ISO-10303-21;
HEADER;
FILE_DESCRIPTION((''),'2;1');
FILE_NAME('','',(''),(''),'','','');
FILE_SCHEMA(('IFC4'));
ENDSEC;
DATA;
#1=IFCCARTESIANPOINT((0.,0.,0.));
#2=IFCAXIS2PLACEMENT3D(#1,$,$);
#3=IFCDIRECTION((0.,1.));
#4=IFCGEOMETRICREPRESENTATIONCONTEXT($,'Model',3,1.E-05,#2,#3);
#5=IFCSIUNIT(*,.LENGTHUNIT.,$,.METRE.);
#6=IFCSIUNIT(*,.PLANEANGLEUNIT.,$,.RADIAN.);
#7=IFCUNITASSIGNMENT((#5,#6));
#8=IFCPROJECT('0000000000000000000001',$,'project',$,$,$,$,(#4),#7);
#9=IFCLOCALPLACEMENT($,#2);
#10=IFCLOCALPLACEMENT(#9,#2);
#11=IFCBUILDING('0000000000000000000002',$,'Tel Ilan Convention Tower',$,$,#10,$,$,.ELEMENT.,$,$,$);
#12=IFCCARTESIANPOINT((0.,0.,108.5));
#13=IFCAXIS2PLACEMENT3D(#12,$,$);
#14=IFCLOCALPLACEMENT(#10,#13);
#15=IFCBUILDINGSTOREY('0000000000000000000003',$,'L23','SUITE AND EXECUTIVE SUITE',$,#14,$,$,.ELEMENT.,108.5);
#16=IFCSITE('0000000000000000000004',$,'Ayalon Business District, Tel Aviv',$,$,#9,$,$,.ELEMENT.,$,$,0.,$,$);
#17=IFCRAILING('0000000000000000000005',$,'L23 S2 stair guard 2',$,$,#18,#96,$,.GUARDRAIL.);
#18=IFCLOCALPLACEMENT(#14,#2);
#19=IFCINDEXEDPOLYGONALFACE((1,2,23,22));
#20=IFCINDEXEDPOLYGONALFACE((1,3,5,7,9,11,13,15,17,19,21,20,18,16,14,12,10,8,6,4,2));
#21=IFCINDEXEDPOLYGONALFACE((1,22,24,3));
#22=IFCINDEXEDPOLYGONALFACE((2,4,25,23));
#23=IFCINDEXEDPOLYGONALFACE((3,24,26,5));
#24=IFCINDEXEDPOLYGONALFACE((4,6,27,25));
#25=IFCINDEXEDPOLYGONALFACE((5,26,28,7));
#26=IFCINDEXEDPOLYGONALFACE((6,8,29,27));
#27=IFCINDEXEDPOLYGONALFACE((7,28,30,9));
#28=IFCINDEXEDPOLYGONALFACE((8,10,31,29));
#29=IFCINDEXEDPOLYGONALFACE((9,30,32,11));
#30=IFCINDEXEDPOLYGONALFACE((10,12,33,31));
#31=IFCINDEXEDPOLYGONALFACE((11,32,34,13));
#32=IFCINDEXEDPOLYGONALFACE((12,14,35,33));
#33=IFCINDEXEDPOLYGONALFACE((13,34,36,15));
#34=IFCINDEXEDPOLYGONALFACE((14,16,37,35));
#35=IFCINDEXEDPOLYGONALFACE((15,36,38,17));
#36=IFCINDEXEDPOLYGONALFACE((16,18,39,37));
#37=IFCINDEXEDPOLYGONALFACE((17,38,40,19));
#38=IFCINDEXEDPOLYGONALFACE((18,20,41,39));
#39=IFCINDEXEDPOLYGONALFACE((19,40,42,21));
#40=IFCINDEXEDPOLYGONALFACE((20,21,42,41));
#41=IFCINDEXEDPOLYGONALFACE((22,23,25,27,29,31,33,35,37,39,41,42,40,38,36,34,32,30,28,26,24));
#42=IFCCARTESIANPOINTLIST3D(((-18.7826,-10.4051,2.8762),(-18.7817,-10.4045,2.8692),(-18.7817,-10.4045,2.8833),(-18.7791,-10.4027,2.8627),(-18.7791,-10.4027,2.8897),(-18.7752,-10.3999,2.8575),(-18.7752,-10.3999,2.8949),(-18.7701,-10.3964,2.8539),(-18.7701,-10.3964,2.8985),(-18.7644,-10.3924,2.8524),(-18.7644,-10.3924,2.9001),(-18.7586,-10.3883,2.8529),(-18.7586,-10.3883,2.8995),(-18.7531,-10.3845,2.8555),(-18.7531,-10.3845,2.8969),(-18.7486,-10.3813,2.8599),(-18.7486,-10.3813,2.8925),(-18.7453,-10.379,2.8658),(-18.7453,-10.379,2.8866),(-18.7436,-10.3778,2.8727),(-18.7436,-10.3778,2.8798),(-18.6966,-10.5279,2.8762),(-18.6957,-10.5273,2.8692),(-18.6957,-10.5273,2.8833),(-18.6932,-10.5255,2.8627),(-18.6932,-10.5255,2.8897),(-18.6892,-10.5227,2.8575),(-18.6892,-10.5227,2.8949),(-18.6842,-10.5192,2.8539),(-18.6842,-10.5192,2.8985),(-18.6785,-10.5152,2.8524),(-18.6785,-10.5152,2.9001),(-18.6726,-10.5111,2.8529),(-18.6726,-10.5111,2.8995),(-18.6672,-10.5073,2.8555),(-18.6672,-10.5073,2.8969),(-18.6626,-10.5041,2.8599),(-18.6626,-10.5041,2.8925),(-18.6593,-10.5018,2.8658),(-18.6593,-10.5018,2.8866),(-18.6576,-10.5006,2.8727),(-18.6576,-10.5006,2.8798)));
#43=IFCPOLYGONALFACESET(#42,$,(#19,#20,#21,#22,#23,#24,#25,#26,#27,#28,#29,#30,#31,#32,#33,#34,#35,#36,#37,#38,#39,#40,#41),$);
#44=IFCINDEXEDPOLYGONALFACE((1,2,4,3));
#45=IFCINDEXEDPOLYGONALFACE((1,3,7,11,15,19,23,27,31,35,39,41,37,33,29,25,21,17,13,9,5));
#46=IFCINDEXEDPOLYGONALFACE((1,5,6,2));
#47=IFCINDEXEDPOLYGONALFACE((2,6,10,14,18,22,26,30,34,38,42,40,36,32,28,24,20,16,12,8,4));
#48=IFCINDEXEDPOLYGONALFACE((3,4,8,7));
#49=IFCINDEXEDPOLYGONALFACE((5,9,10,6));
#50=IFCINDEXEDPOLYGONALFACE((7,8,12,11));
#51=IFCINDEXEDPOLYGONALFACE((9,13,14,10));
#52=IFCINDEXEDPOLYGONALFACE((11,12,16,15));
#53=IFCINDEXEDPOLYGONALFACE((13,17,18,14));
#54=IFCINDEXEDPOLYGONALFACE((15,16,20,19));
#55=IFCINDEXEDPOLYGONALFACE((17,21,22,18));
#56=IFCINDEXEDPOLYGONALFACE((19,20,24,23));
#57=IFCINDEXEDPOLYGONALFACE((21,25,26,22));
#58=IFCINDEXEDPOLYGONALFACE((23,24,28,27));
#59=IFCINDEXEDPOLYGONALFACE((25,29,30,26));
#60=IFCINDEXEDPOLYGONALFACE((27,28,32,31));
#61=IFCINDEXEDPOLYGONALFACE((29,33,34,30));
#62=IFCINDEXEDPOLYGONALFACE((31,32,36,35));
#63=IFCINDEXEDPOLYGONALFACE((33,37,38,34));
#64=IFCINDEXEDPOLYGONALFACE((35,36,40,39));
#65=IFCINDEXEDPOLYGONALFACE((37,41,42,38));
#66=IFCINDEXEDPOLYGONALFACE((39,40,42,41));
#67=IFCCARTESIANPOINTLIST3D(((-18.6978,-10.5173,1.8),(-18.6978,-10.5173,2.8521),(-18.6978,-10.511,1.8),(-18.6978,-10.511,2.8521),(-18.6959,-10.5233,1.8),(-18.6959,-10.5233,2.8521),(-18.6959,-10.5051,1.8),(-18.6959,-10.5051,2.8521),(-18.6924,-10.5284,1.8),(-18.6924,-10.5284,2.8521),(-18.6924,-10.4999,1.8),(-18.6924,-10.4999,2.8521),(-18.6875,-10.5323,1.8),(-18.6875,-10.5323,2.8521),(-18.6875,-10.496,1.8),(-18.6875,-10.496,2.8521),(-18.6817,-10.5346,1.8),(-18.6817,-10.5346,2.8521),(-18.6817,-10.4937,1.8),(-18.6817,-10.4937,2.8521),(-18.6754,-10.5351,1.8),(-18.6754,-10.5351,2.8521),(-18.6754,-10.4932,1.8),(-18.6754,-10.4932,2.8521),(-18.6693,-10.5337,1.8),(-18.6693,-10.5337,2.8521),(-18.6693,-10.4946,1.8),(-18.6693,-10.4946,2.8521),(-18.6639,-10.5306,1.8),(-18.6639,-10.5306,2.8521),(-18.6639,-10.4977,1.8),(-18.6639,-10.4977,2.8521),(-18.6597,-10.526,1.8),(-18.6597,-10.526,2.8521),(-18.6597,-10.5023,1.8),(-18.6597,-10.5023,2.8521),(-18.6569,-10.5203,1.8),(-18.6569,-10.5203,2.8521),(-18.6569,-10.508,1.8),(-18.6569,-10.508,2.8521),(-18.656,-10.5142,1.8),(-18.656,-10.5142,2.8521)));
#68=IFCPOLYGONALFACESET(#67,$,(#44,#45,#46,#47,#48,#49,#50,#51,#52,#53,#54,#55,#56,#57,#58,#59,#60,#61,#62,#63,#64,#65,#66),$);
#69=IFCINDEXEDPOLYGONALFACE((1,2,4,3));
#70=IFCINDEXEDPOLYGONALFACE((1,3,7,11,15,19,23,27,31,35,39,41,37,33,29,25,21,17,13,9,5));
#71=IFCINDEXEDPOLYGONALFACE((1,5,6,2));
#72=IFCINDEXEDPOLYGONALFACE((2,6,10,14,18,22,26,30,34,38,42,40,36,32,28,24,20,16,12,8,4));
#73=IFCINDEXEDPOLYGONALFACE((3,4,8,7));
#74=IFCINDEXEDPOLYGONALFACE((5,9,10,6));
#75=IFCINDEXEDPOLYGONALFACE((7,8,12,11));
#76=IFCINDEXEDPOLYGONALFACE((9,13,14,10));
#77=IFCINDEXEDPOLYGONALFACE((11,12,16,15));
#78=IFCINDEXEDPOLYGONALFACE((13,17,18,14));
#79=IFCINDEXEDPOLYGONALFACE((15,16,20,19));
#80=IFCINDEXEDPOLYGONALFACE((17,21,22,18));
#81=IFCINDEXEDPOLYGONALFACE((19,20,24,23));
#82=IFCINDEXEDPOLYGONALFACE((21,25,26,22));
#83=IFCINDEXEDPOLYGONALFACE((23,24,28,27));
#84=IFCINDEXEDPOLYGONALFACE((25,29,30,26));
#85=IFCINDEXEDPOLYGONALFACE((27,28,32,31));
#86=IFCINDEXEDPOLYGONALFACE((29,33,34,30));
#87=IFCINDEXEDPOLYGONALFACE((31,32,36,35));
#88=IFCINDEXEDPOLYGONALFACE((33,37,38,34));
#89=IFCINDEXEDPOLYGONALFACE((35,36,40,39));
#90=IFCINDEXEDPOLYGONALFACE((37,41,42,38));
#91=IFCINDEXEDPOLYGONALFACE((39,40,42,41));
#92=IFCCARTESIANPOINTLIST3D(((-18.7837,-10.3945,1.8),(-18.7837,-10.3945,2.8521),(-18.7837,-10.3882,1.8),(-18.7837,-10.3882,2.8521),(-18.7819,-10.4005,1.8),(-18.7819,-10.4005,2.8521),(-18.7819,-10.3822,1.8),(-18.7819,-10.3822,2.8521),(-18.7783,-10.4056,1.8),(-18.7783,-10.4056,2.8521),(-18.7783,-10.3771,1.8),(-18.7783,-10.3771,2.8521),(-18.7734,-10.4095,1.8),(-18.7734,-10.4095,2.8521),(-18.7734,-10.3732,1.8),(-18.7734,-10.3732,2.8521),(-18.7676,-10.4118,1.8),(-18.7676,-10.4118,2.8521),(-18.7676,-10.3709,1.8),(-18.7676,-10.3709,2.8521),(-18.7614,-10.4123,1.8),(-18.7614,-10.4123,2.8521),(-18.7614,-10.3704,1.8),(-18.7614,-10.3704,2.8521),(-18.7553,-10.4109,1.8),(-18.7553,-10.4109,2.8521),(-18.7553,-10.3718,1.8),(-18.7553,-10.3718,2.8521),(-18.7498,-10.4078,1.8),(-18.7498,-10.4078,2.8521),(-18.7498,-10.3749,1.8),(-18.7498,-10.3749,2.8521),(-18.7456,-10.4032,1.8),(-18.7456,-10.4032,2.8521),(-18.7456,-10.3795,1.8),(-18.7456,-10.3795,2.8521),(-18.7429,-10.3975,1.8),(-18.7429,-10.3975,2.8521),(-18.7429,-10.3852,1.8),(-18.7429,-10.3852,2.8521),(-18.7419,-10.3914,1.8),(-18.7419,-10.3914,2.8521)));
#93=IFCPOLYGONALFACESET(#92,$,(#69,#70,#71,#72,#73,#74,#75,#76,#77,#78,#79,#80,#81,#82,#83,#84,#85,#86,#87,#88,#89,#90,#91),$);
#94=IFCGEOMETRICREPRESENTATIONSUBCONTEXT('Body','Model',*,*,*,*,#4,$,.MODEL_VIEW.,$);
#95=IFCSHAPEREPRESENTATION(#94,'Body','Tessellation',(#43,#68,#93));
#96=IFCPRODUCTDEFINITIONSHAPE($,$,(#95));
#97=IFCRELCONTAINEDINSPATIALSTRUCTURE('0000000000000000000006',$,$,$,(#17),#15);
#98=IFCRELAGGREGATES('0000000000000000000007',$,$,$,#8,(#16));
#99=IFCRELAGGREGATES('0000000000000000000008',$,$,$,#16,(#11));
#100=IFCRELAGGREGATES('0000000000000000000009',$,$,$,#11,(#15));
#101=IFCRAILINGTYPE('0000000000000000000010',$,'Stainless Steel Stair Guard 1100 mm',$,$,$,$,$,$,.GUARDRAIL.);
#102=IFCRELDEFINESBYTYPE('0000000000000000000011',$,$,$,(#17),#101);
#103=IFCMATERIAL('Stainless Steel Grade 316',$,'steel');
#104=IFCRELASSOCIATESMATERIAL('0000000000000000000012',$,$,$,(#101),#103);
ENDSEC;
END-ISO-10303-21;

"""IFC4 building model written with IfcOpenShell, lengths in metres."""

from ifc_helpers import new_model, si_unit, direction, frame, origin, origin_2d, place, context, subcontext, project, spatial, circle, extrude, material, type_object, element, save


model = new_model("IFC4")

# Units and contexts
model_context = context("Model", 3, precision=1e-05, world=origin(), true_north=direction((0.0, 1.0)))
body_context = subcontext(model_context, "Body", "Model", "MODEL_VIEW")
ifc_project = project(units=[si_unit("LENGTHUNIT", "METRE"), si_unit("PLANEANGLEUNIT", "RADIAN")], contexts=[model_context])

# Site, building, storey
site_placement = place(None, origin())
site = spatial("IfcSite", under=ifc_project, at=site_placement, Name="Ayalon Business District, Tel Aviv", CompositionType="ELEMENT", RefElevation=0.0)
building_placement = place(site_placement, origin())
building = spatial("IfcBuilding", under=site, at=building_placement, Name="Tel Ilan Convention Tower", CompositionType="ELEMENT")
storey_placement = place(building_placement, frame((0.0, 0.0, 108.5)))
storey = spatial("IfcBuildingStorey", under=building, at=storey_placement, Name="L23", Description="SUITE AND EXECUTIVE SUITE", CompositionType="ELEMENT", Elevation=108.5)

# Railing
ifc_material_1 = material(Name="Stainless Steel Grade 316", Category="steel")
railing_type_1 = type_object("IfcRailingType", Name="Stainless Steel Stair Guard 1100 mm", PredefinedType="GUARDRAIL", material=ifc_material_1)
railing_1_placement = place(storey_placement, frame((-18.677, -10.5142, 1.8)))
element("IfcRailing", 1, at=railing_1_placement, inside=storey, type_object=railing_type_1, Name="L23 S2 stair guard 2", PredefinedType="GUARDRAIL", context=body_context, shape_type="SweptSolid", body=[
    extrude(circle(Radius=0.0239, at=origin_2d()), frame((0.0, 0.0, 1.0762), z_axis=(-0.573353, 0.819308, 0.0), x_axis=(-0.819308, -0.573353, 0.0)), (0.0, 0.0, 1.0), 0.1499),
    extrude(circle(Radius=0.021, at=origin_2d()), origin(), (0.0, 0.0, 1.0), 1.052),
    extrude(circle(Radius=0.021, at=origin_2d()), frame((-0.0859, 0.1228, 0.0)), (0.0, 0.0, 1.0), 1.052),
])

save(model, "model.ifc")
